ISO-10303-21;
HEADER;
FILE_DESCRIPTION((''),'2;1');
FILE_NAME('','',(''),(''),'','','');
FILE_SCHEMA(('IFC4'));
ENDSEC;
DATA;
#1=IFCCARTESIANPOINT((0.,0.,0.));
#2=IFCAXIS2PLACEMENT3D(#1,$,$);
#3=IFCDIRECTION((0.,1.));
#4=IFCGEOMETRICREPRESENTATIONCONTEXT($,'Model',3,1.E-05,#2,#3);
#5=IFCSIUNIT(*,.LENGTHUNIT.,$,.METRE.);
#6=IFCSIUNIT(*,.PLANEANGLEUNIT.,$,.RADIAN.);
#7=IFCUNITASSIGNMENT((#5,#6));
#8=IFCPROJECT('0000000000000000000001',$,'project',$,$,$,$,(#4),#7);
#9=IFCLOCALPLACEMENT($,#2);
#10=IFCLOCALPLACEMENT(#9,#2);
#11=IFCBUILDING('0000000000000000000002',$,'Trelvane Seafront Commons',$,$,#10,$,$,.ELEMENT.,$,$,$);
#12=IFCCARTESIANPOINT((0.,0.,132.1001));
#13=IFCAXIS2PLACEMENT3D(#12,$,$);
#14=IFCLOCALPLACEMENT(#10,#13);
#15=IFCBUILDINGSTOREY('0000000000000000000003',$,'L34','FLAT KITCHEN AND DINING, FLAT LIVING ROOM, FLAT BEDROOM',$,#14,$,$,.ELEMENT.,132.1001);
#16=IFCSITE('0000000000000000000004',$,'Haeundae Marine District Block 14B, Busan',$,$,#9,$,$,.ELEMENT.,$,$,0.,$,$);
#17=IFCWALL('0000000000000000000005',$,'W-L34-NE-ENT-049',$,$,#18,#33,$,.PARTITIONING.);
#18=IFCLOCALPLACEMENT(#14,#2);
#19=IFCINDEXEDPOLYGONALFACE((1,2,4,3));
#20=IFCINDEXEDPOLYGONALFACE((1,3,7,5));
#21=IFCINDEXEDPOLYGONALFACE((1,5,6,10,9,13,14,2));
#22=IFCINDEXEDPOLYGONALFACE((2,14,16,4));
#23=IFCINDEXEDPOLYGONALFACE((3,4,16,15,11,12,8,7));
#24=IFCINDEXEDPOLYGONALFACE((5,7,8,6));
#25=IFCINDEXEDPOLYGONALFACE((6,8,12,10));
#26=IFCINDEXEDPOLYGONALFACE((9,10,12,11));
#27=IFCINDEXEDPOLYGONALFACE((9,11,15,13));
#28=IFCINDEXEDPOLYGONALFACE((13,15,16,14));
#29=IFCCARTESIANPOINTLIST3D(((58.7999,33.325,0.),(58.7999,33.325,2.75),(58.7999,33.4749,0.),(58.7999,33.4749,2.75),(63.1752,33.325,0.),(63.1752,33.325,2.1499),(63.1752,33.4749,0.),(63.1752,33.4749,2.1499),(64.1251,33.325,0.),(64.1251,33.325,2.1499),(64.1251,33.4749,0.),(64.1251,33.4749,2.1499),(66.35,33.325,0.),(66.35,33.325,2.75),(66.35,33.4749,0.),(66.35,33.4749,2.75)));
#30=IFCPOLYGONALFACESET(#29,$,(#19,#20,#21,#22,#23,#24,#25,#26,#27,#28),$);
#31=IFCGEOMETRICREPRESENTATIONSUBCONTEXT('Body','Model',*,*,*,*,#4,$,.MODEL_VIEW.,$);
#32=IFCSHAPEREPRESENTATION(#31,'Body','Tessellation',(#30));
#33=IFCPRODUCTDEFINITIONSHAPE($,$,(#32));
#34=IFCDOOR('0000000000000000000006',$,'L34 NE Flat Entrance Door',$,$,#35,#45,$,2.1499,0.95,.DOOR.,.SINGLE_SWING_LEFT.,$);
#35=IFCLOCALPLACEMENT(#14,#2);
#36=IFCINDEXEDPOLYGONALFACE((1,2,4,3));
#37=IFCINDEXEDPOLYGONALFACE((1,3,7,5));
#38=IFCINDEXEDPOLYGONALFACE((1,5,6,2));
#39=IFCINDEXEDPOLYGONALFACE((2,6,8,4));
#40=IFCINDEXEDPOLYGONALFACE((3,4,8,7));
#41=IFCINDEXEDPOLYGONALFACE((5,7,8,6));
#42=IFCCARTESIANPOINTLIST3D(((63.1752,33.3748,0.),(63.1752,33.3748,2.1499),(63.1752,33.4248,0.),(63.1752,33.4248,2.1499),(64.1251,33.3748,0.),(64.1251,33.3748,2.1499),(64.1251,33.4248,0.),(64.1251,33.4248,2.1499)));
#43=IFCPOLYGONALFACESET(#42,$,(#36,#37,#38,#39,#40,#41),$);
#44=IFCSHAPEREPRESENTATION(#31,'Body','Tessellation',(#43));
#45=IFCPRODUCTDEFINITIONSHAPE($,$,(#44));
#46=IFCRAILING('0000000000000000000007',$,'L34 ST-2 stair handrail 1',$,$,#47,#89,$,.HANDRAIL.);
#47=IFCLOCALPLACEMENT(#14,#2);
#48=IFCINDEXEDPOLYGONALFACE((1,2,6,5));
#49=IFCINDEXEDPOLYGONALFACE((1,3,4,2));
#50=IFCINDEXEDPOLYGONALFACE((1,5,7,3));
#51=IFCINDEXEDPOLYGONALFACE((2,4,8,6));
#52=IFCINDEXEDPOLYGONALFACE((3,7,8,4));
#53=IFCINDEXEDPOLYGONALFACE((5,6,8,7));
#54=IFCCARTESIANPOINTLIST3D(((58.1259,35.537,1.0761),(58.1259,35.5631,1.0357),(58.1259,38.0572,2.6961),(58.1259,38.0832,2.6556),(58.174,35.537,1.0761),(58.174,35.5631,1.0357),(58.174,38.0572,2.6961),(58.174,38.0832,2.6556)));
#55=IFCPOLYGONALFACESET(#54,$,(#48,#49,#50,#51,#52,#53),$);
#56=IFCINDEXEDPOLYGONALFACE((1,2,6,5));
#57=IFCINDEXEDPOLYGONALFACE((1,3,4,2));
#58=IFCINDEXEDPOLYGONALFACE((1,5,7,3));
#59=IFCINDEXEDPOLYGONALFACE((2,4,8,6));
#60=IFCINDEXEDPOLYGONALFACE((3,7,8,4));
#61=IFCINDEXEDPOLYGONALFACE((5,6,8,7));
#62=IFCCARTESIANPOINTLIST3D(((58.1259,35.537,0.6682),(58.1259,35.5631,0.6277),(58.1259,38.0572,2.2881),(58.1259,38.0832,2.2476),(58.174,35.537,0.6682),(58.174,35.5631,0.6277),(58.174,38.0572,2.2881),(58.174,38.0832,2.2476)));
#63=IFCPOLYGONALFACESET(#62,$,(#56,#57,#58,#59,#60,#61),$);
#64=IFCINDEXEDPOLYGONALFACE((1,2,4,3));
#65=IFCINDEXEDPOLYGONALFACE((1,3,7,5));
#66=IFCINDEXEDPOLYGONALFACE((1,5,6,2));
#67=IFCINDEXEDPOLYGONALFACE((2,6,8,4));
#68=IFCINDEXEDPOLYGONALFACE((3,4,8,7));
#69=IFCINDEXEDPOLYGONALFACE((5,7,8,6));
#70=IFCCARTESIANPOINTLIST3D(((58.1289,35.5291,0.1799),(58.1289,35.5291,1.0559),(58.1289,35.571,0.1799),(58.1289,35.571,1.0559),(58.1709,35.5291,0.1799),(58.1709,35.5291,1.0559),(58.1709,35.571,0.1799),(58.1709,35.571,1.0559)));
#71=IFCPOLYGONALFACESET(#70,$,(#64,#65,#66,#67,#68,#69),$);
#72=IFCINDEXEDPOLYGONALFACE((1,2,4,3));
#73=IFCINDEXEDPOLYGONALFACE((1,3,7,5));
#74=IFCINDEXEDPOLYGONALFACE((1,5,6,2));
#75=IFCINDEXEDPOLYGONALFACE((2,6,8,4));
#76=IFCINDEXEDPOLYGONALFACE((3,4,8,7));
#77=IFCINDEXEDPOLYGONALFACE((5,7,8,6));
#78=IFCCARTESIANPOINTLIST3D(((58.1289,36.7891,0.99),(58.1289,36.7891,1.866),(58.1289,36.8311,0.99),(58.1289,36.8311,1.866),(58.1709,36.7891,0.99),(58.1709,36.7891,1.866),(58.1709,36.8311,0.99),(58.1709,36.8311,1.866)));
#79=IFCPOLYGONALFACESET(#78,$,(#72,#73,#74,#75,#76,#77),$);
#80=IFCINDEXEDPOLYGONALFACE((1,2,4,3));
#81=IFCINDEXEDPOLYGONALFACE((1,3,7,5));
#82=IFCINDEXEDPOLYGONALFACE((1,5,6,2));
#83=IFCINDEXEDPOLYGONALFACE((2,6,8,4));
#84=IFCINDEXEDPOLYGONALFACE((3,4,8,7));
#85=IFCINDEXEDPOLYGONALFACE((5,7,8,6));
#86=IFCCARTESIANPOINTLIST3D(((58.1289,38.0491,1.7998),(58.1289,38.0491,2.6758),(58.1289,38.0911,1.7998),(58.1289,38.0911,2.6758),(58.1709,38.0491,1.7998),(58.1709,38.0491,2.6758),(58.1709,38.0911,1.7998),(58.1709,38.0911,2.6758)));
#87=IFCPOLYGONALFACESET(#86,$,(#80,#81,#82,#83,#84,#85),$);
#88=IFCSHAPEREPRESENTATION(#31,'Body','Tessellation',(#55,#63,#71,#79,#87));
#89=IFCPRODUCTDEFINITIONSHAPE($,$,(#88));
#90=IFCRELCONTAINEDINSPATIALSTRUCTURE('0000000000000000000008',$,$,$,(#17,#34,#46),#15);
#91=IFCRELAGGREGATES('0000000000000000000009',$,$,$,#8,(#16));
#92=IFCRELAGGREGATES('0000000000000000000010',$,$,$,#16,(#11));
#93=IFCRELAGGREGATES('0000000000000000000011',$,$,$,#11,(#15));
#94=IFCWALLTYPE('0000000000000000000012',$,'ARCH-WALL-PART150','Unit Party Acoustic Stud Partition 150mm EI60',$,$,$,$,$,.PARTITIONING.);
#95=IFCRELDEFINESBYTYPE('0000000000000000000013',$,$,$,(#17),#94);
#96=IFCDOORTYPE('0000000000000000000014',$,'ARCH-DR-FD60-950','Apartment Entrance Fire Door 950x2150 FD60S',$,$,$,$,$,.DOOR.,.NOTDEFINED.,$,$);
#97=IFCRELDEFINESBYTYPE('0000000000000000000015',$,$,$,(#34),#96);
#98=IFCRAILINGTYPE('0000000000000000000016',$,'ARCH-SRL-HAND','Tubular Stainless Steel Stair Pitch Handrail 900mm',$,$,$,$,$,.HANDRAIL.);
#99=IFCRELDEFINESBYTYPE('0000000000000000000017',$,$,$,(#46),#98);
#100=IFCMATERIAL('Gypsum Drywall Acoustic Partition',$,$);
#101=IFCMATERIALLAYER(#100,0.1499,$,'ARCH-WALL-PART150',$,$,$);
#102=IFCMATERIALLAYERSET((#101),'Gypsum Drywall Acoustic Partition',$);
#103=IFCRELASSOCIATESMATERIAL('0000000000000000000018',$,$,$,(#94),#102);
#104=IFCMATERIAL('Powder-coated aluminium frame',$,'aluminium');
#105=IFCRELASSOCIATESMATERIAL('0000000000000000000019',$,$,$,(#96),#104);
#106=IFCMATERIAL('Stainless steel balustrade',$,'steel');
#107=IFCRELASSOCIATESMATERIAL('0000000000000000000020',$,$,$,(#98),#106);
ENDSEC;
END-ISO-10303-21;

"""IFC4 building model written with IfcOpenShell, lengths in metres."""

from ifc_helpers import new_model, si_unit, direction, frame, frame_2d, origin, origin_2d, place, context, subcontext, project, spatial, rectangle, extrude, source, transform, mapped, material, layer, layer_set, type_object, element, fill, save


model = new_model("IFC4")

# Units and contexts
model_context = context("Model", 3, precision=1e-05, world=origin(), true_north=direction((0.0, 1.0)))
body_context = subcontext(model_context, "Body", "Model", "MODEL_VIEW")
ifc_project = project(units=[si_unit("LENGTHUNIT", "METRE"), si_unit("PLANEANGLEUNIT", "RADIAN")], contexts=[model_context])

# Site, building, storey
site_placement = place(None, origin())
site = spatial("IfcSite", under=ifc_project, at=site_placement, Name="Haeundae Marine District Block 14B, Busan", CompositionType="ELEMENT", RefElevation=0.0)
building_placement = place(site_placement, origin())
building = spatial("IfcBuilding", under=site, at=building_placement, Name="Trelvane Seafront Commons", CompositionType="ELEMENT")
storey_placement = place(building_placement, frame((0.0, 0.0, 132.1001)))
storey = spatial("IfcBuildingStorey", under=building, at=storey_placement, Name="L34", Description="FLAT KITCHEN AND DINING, FLAT LIVING ROOM, FLAT BEDROOM", CompositionType="ELEMENT", Elevation=132.1001)

# Shared definitions
ifc_material_1 = material(Name="Gypsum Drywall Acoustic Partition")

# Shared definitions
shared_shape_1 = source(origin(), body_context, "Body", "SweptSolid", [
    extrude(rectangle(XDim=0.95, YDim=2.1499, at=frame_2d((0.4751, 1.075))), frame((0.0, 0.0249, 0.0), z_axis=(0.0, -1.0, 0.0), x_axis=(1.0, 0.0, 0.0)), (0.0, 0.0, 1.0), 0.05),
])

# Wall, opening, door
ifc_layer_1 = layer(ifc_material_1, 0.1499, Name="ARCH-WALL-PART150")
ifc_layer_set_1 = layer_set([ifc_layer_1], Name="Gypsum Drywall Acoustic Partition")
wall_type_1 = type_object("IfcWallType", Name="ARCH-WALL-PART150", Description="Unit Party Acoustic Stud Partition 150mm EI60", PredefinedType="PARTITIONING", material=ifc_layer_set_1)
wall_1_placement = place(storey_placement, frame((58.8, 33.3999, 0.0), z_axis=(0.0, 0.0, 1.0), x_axis=(1.0, 0.0, 0.0)))
wall_1 = element("IfcWall", 1, at=wall_1_placement, inside=storey, type_object=wall_type_1, Name="W-L34-NE-ENT-049", PredefinedType="PARTITIONING", context=body_context, shape_type="SweptSolid", body=[
    extrude(rectangle(XDim=7.55, YDim=0.1499, at=frame_2d((3.7749, 0.0))), origin(), (0.0, 0.0, 1.0), 2.75),
])
opening_1_placement = place(wall_1_placement, frame((4.375, 0.0, 0.0)))
opening_1 = element("IfcOpeningElement", 2, at=opening_1_placement, cuts=wall_1, PredefinedType="OPENING", context=body_context, shape_type="SweptSolid", body=[
    extrude(rectangle(XDim=0.95, YDim=2.1499, at=frame_2d((0.4751, 1.075))), frame((0.0, 0.085, 0.0), z_axis=(0.0, -1.0, 0.0), x_axis=(1.0, 0.0, 0.0)), (0.0, 0.0, 1.0), 0.1699),
])
ifc_material_2 = material(Name="Powder-coated aluminium frame", Category="aluminium")
door_type_1 = type_object("IfcDoorType", Name="ARCH-DR-FD60-950", Description="Apartment Entrance Fire Door 950x2150 FD60S", OperationType="NOTDEFINED", PredefinedType="DOOR", material=ifc_material_2)
door_1_placement = place(opening_1_placement, origin())
door_1 = element("IfcDoor", 3, at=door_1_placement, inside=storey, type_object=door_type_1, Name="L34 NE Flat Entrance Door", OperationType="SINGLE_SWING_LEFT", OverallHeight=2.1499, OverallWidth=0.95, PredefinedType="DOOR", context=body_context, shape_type="MappedRepresentation", body=[
    mapped(shared_shape_1, transform((0.0, 0.0, 0.0), x_axis=(1.0, 0.0, 0.0), y_axis=(0.0, 1.0, 0.0), z_axis=(0.0, 0.0, 1.0), scale=1.0)),
])
fill(opening_1, door_1)

# Railing
ifc_material_3 = material(Name="Stainless steel balustrade", Category="steel")
railing_type = type_object("IfcRailingType", Name="ARCH-SRL-HAND", Description="Tubular Stainless Steel Stair Pitch Handrail 900mm", PredefinedType="HANDRAIL", material=ifc_material_3)
railing_placement = place(storey_placement, frame((58.1499, 35.55, 0.1799)))
element("IfcRailing", 4, at=railing_placement, inside=storey, type_object=railing_type, Name="L34 ST-2 stair handrail 1", PredefinedType="HANDRAIL", context=body_context, shape_type="SweptSolid", body=[
    extrude(rectangle(XDim=0.0481, YDim=0.0481, at=origin_2d()), frame((0.0, 0.0, 0.876), z_axis=(0.0, 0.8412, 0.540725), x_axis=(-1.0, 0.0, 0.0)), (0.0, 0.0, 1.0), 2.9958),
    extrude(rectangle(XDim=0.0481, YDim=0.0481, at=origin_2d()), frame((0.0, 0.0, 0.468), z_axis=(0.0, 0.8412, 0.540725), x_axis=(-1.0, 0.0, 0.0)), (0.0, 0.0, 1.0), 2.9958),
    extrude(rectangle(XDim=0.042, YDim=0.042, at=origin_2d()), origin(), (0.0, 0.0, 1.0), 0.876),
    extrude(rectangle(XDim=0.042, YDim=0.042, at=origin_2d()), frame((0.0, 1.26, 0.8101)), (0.0, 0.0, 1.0), 0.876),
    extrude(rectangle(XDim=0.042, YDim=0.042, at=origin_2d()), frame((0.0, 2.52, 1.6199)), (0.0, 0.0, 1.0), 0.876),
])

save(model, "model.ifc")
